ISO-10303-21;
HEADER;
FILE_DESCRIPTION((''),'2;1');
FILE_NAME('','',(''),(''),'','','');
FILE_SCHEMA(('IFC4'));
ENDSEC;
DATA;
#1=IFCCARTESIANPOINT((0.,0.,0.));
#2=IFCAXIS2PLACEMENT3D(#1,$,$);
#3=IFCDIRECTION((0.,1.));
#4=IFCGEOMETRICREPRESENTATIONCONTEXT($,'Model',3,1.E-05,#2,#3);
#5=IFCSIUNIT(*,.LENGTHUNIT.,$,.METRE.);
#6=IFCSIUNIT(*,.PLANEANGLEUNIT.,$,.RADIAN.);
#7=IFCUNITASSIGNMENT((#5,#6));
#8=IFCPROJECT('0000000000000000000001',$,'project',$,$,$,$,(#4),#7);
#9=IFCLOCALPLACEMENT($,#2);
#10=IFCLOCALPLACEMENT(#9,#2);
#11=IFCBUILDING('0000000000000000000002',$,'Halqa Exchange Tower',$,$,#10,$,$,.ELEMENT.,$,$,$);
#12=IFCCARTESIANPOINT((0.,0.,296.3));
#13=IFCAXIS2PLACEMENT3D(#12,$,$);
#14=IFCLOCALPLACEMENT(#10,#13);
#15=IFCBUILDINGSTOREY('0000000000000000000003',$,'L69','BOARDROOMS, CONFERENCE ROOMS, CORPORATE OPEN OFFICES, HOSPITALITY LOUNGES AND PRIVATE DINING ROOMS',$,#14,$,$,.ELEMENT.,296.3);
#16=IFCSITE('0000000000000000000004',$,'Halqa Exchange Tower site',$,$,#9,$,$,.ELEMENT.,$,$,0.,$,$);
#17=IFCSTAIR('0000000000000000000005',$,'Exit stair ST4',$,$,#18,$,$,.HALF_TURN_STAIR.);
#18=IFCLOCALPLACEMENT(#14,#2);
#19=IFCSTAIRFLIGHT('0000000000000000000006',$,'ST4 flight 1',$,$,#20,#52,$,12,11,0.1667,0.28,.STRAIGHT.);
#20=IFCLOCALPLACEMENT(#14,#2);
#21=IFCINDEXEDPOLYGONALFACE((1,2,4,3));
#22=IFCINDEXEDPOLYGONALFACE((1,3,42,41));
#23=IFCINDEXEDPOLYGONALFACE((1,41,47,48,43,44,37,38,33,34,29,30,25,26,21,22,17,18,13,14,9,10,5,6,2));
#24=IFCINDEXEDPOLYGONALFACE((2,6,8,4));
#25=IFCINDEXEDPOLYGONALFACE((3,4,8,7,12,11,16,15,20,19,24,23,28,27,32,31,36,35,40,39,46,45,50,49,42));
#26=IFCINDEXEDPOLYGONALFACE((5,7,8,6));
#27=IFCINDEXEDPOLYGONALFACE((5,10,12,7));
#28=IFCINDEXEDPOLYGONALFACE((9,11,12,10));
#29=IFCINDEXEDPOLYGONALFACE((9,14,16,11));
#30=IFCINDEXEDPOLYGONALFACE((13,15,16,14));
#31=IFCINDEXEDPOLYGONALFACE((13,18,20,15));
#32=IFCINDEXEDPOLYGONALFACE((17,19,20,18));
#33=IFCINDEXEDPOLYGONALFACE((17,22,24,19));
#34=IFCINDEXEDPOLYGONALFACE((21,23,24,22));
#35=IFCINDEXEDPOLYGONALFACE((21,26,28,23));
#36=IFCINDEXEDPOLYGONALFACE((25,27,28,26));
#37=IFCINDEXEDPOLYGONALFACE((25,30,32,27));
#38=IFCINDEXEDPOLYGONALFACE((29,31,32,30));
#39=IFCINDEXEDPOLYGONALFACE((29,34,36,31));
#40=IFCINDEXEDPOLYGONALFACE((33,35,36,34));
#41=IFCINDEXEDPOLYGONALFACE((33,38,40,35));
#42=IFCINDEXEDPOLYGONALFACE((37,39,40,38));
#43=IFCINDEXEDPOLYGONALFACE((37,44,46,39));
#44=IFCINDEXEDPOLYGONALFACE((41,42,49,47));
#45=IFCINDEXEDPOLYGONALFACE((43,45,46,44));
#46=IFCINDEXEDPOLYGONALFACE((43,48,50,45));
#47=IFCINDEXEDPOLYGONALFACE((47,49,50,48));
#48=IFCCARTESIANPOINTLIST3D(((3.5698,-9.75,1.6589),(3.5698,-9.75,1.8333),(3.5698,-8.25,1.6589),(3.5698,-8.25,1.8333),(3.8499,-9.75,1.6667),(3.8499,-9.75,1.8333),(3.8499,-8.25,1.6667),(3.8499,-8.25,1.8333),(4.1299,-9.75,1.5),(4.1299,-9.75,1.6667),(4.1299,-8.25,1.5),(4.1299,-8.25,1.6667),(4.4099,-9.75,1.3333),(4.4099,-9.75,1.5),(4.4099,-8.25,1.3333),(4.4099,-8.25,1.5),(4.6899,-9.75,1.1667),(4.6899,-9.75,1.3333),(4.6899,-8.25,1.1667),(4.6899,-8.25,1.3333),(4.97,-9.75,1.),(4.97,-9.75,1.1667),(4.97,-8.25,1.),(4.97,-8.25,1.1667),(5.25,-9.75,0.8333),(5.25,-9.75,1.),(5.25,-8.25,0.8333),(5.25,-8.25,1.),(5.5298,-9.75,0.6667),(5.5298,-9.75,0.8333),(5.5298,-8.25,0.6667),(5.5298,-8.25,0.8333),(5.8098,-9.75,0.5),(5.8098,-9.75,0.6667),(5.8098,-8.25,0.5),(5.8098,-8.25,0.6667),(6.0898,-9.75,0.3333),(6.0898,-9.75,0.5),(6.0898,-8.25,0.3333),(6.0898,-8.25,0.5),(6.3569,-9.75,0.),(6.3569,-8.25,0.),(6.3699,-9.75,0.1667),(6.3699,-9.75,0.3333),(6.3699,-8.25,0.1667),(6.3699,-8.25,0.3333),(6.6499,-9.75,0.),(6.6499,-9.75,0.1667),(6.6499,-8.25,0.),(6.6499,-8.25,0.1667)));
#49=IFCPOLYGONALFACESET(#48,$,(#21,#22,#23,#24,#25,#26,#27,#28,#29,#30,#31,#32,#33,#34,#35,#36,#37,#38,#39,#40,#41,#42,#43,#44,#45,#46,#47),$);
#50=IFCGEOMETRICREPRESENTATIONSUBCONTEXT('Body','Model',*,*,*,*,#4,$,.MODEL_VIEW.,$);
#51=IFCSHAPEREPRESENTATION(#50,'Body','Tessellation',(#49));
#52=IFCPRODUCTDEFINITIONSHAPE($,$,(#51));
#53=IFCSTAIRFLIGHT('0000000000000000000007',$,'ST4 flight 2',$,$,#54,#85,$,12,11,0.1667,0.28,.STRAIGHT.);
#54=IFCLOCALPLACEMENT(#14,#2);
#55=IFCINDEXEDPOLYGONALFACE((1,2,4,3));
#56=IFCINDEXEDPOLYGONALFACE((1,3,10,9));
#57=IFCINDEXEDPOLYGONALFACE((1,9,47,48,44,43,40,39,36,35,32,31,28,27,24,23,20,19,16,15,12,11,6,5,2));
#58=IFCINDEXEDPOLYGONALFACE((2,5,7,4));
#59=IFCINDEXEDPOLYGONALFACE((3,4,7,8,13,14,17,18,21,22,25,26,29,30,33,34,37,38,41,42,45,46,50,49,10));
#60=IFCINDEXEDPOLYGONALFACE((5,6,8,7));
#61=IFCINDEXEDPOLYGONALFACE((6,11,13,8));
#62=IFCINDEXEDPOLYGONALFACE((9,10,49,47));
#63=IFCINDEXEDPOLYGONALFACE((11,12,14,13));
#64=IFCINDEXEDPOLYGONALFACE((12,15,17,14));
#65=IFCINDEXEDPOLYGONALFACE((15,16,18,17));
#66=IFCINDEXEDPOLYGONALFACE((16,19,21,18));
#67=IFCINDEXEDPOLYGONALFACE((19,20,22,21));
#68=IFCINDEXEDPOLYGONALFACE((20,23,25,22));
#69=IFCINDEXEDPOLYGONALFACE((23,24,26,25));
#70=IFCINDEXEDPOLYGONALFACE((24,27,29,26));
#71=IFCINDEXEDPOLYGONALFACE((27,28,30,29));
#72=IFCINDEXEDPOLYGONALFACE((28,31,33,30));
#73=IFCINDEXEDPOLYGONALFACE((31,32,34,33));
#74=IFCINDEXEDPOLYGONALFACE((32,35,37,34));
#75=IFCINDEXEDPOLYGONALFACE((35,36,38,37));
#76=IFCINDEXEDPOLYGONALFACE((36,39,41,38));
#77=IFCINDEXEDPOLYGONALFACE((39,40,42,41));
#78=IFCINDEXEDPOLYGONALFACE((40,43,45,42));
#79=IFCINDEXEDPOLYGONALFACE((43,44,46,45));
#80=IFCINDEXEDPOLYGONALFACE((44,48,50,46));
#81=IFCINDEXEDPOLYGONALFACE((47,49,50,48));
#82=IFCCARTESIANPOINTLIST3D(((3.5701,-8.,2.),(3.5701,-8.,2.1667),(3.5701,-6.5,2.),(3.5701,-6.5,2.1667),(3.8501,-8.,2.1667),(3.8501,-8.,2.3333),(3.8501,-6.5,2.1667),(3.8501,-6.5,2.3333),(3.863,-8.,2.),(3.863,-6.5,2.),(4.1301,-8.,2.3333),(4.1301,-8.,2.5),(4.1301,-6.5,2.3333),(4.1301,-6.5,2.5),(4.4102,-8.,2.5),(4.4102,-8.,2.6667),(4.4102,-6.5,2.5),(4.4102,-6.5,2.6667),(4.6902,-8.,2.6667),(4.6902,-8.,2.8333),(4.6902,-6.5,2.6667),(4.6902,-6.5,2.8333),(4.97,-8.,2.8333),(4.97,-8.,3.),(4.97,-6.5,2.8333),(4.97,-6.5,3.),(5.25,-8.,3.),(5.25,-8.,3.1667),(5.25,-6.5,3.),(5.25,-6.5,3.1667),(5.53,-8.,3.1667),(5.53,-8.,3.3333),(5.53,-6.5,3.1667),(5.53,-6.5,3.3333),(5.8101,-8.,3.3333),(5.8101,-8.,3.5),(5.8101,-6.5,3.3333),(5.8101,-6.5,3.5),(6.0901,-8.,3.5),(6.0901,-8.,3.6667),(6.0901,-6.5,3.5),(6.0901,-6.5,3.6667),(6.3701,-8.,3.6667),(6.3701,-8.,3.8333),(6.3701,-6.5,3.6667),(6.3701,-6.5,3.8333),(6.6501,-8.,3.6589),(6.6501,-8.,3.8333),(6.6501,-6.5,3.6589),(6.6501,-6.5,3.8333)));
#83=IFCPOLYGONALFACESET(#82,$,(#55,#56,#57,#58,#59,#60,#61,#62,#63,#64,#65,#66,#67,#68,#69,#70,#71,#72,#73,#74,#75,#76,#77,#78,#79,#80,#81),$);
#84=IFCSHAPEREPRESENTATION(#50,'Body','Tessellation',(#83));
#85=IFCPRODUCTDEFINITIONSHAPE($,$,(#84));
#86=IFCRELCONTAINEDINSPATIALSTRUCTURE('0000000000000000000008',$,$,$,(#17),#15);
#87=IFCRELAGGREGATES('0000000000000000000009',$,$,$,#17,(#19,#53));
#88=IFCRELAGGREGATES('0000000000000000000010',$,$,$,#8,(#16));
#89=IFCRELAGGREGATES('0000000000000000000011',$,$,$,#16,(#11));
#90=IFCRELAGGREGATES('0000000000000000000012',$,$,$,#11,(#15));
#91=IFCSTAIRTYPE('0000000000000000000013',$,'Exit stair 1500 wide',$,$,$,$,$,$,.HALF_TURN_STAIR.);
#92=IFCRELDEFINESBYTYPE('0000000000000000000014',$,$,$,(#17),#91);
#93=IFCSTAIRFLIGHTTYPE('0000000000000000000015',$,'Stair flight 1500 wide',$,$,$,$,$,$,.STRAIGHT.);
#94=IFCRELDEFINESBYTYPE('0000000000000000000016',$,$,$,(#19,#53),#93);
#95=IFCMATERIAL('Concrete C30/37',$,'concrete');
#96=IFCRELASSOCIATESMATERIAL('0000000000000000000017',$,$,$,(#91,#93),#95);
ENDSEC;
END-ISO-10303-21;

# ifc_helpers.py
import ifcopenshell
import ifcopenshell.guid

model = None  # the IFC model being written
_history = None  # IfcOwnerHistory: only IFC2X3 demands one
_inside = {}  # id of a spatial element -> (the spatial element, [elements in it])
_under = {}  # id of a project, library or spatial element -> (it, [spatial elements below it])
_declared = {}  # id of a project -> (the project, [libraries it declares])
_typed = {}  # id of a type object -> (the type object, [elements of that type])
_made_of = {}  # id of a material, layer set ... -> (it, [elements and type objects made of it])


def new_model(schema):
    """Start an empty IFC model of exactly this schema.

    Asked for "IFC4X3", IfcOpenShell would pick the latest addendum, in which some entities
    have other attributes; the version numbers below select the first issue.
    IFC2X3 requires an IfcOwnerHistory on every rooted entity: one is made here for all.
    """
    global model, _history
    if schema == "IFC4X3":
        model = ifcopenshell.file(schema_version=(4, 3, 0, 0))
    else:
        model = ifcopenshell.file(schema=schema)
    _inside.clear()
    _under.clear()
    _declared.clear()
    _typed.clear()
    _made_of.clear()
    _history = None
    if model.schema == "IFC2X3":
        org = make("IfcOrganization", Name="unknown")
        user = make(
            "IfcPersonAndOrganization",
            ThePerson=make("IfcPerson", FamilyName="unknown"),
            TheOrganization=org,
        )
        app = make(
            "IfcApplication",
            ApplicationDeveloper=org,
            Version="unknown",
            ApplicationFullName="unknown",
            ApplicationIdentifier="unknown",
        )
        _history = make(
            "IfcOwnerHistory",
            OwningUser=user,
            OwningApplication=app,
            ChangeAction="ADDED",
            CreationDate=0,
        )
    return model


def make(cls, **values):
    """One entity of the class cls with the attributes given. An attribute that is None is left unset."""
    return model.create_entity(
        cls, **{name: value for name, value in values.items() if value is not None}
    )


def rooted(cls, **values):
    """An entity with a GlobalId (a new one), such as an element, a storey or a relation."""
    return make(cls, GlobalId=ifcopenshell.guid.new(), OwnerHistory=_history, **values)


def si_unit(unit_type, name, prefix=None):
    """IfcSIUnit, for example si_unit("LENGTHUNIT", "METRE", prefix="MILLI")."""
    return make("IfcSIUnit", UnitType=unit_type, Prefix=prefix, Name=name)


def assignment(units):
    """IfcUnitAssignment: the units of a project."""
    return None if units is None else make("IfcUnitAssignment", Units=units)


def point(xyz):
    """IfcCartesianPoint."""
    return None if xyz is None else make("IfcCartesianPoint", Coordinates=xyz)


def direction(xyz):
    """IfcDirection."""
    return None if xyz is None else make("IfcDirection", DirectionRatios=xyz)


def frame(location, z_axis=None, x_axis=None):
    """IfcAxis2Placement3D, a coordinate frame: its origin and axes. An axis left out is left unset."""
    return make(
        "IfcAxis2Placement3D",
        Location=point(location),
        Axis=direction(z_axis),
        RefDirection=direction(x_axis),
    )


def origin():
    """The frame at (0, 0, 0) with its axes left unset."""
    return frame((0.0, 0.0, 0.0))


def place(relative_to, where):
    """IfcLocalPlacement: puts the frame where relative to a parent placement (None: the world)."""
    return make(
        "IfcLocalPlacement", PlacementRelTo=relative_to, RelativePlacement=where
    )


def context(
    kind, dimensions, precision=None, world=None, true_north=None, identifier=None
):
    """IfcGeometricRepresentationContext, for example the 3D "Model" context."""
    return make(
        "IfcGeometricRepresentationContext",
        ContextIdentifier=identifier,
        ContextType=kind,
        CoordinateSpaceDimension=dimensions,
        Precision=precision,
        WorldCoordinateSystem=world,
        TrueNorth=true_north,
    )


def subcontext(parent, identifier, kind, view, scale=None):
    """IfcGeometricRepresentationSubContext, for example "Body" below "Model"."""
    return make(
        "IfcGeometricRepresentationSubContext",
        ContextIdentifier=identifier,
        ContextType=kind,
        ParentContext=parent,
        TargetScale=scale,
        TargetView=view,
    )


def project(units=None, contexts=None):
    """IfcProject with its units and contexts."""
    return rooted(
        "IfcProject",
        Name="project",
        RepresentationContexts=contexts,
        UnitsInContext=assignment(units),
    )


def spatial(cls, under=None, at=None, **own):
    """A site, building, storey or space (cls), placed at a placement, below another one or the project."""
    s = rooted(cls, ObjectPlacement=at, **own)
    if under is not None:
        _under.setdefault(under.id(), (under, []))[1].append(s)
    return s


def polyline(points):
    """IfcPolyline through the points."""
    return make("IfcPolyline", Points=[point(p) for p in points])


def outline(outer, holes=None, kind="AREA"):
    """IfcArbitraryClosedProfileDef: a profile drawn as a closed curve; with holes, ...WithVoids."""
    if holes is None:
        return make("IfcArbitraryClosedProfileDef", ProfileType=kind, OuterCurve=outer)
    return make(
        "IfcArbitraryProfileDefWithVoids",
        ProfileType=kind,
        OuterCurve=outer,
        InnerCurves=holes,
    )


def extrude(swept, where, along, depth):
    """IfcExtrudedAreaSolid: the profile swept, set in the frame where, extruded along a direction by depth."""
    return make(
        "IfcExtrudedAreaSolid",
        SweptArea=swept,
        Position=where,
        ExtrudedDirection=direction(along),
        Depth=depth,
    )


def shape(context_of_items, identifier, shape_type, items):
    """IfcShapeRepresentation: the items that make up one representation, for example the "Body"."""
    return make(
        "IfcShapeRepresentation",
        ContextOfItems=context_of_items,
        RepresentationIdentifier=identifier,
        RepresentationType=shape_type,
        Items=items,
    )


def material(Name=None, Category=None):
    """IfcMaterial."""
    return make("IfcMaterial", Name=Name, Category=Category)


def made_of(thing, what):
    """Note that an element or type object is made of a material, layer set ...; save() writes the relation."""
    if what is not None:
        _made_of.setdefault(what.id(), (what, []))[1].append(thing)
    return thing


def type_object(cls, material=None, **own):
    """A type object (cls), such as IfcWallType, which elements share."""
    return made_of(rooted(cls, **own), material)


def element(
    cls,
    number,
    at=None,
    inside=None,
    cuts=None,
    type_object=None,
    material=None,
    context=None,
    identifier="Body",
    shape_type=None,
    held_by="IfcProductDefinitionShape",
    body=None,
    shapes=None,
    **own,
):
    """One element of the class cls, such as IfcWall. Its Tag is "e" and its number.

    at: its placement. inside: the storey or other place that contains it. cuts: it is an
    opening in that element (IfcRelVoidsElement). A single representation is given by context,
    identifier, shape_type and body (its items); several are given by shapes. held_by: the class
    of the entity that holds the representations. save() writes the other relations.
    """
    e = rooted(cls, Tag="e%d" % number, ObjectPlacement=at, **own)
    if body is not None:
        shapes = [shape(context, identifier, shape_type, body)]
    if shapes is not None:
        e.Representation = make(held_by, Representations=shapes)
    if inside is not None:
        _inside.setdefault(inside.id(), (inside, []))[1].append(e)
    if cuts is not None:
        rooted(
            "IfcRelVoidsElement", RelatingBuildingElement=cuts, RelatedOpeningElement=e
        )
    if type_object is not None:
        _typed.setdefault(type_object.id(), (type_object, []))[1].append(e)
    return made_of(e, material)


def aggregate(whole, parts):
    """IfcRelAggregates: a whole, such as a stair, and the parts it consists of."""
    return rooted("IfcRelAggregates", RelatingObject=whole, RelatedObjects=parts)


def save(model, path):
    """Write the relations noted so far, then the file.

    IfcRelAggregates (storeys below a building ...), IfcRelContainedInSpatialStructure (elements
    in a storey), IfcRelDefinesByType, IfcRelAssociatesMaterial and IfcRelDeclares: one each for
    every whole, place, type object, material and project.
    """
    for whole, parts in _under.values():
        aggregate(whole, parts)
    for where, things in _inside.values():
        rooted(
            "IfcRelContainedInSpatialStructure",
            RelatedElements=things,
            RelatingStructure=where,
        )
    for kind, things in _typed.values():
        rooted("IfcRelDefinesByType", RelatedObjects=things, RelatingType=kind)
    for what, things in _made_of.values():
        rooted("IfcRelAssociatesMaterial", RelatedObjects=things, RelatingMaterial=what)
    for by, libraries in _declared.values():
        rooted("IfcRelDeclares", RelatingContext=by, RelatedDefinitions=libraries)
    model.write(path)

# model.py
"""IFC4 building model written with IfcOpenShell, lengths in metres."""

from ifc_helpers import new_model, si_unit, direction, frame, origin, place, context, subcontext, project, spatial, polyline, outline, extrude, material, type_object, element, aggregate, save


model = new_model("IFC4")

# Units and contexts
model_context = context("Model", 3, precision=1e-05, world=origin(), true_north=direction((0.0, 1.0)))
body_context = subcontext(model_context, "Body", "Model", "MODEL_VIEW")
ifc_project = project(units=[si_unit("LENGTHUNIT", "METRE"), si_unit("PLANEANGLEUNIT", "RADIAN")], contexts=[model_context])

# Site, building, storey
site_placement = place(None, origin())
site = spatial("IfcSite", under=ifc_project, at=site_placement, Name="Halqa Exchange Tower site", CompositionType="ELEMENT", RefElevation=0.0)
building_placement = place(site_placement, origin())
building = spatial("IfcBuilding", under=site, at=building_placement, Name="Halqa Exchange Tower", CompositionType="ELEMENT")
storey_placement = place(building_placement, frame((0.0, 0.0, 296.3)))
storey = spatial("IfcBuildingStorey", under=building, at=storey_placement, Name="L69", Description="BOARDROOMS, CONFERENCE ROOMS, CORPORATE OPEN OFFICES, HOSPITALITY LOUNGES AND PRIVATE DINING ROOMS", CompositionType="ELEMENT", Elevation=296.3)

# Shared definitions
ifc_material_1 = material(Name="Concrete C30/37", Category="concrete")

# Stair, stair flights
stair_type = type_object("IfcStairType", Name="Exit stair 1500 wide", PredefinedType="HALF_TURN_STAIR", material=ifc_material_1)
stair_placement = place(storey_placement, origin())
stair = element("IfcStair", 1, at=stair_placement, inside=storey, type_object=stair_type, Name="Exit stair ST4", PredefinedType="HALF_TURN_STAIR")
stair_flight_type = type_object("IfcStairFlightType", Name="Stair flight 1500 wide", PredefinedType="STRAIGHT", material=ifc_material_1)
stair_flight_1_placement = place(storey_placement, frame((6.6499, -9.0, 0.0), z_axis=(0.0, 0.0, 1.0), x_axis=(-1.0, 0.0, 0.0)))
stair_flight_1 = element("IfcStairFlight", 2, at=stair_flight_1_placement, type_object=stair_flight_type, Name="ST4 flight 1", NumberOfRisers=12, NumberOfTreads=11, PredefinedType="STRAIGHT", RiserHeight=0.1667, TreadLength=0.28, context=body_context, shape_type="SweptSolid", body=[
    extrude(outline(polyline([(0.0, 0.0), (0.0, 0.1667), (0.28, 0.1667), (0.28, 0.3333), (0.5601, 0.3333), (0.5601, 0.5), (0.8401, 0.5), (0.8401, 0.6667), (1.1201, 0.6667), (1.1201, 0.8333), (1.3999, 0.8333), (1.3999, 1.0), (1.6799, 1.0), (1.6799, 1.1667), (1.96, 1.1667), (1.96, 1.3333), (2.24, 1.3333), (2.24, 1.5), (2.52, 1.5), (2.52, 1.6667), (2.8, 1.6667), (2.8, 1.8333), (3.0801, 1.8333), (3.0801, 2.0), (3.0801, 1.6589), (0.293, 0.0), (0.0, 0.0)])), frame((0.0, 0.75, 0.0), z_axis=(0.0, -1.0, 0.0), x_axis=(1.0, 0.0, 0.0)), (0.0, 0.0, 1.0), 1.5),
])
stair_flight_2_placement = place(storey_placement, frame((3.5701, -7.25, 2.0), z_axis=(0.0, 0.0, 1.0), x_axis=(1.0, 0.0, 0.0)))
stair_flight_2 = element("IfcStairFlight", 3, at=stair_flight_2_placement, type_object=stair_flight_type, Name="ST4 flight 2", NumberOfRisers=12, NumberOfTreads=11, PredefinedType="STRAIGHT", RiserHeight=0.1667, TreadLength=0.28, context=body_context, shape_type="SweptSolid", body=[
    extrude(outline(polyline([(0.0, 0.0), (0.0, 0.1667), (0.28, 0.1667), (0.28, 0.3333), (0.5601, 0.3333), (0.5601, 0.5), (0.8401, 0.5), (0.8401, 0.6667), (1.1201, 0.6667), (1.1201, 0.8333), (1.3999, 0.8333), (1.3999, 1.0), (1.6799, 1.0), (1.6799, 1.1667), (1.96, 1.1667), (1.96, 1.3333), (2.24, 1.3333), (2.24, 1.5), (2.52, 1.5), (2.52, 1.6667), (2.8, 1.6667), (2.8, 1.8333), (3.0801, 1.8333), (3.0801, 2.0), (3.0801, 1.6589), (0.293, 0.0), (0.0, 0.0)])), frame((0.0, 0.75, 0.0), z_axis=(0.0, -1.0, 0.0), x_axis=(1.0, 0.0, 0.0)), (0.0, 0.0, 1.0), 1.5),
])
aggregate(stair, [stair_flight_1, stair_flight_2])

save(model, "model.ifc")
